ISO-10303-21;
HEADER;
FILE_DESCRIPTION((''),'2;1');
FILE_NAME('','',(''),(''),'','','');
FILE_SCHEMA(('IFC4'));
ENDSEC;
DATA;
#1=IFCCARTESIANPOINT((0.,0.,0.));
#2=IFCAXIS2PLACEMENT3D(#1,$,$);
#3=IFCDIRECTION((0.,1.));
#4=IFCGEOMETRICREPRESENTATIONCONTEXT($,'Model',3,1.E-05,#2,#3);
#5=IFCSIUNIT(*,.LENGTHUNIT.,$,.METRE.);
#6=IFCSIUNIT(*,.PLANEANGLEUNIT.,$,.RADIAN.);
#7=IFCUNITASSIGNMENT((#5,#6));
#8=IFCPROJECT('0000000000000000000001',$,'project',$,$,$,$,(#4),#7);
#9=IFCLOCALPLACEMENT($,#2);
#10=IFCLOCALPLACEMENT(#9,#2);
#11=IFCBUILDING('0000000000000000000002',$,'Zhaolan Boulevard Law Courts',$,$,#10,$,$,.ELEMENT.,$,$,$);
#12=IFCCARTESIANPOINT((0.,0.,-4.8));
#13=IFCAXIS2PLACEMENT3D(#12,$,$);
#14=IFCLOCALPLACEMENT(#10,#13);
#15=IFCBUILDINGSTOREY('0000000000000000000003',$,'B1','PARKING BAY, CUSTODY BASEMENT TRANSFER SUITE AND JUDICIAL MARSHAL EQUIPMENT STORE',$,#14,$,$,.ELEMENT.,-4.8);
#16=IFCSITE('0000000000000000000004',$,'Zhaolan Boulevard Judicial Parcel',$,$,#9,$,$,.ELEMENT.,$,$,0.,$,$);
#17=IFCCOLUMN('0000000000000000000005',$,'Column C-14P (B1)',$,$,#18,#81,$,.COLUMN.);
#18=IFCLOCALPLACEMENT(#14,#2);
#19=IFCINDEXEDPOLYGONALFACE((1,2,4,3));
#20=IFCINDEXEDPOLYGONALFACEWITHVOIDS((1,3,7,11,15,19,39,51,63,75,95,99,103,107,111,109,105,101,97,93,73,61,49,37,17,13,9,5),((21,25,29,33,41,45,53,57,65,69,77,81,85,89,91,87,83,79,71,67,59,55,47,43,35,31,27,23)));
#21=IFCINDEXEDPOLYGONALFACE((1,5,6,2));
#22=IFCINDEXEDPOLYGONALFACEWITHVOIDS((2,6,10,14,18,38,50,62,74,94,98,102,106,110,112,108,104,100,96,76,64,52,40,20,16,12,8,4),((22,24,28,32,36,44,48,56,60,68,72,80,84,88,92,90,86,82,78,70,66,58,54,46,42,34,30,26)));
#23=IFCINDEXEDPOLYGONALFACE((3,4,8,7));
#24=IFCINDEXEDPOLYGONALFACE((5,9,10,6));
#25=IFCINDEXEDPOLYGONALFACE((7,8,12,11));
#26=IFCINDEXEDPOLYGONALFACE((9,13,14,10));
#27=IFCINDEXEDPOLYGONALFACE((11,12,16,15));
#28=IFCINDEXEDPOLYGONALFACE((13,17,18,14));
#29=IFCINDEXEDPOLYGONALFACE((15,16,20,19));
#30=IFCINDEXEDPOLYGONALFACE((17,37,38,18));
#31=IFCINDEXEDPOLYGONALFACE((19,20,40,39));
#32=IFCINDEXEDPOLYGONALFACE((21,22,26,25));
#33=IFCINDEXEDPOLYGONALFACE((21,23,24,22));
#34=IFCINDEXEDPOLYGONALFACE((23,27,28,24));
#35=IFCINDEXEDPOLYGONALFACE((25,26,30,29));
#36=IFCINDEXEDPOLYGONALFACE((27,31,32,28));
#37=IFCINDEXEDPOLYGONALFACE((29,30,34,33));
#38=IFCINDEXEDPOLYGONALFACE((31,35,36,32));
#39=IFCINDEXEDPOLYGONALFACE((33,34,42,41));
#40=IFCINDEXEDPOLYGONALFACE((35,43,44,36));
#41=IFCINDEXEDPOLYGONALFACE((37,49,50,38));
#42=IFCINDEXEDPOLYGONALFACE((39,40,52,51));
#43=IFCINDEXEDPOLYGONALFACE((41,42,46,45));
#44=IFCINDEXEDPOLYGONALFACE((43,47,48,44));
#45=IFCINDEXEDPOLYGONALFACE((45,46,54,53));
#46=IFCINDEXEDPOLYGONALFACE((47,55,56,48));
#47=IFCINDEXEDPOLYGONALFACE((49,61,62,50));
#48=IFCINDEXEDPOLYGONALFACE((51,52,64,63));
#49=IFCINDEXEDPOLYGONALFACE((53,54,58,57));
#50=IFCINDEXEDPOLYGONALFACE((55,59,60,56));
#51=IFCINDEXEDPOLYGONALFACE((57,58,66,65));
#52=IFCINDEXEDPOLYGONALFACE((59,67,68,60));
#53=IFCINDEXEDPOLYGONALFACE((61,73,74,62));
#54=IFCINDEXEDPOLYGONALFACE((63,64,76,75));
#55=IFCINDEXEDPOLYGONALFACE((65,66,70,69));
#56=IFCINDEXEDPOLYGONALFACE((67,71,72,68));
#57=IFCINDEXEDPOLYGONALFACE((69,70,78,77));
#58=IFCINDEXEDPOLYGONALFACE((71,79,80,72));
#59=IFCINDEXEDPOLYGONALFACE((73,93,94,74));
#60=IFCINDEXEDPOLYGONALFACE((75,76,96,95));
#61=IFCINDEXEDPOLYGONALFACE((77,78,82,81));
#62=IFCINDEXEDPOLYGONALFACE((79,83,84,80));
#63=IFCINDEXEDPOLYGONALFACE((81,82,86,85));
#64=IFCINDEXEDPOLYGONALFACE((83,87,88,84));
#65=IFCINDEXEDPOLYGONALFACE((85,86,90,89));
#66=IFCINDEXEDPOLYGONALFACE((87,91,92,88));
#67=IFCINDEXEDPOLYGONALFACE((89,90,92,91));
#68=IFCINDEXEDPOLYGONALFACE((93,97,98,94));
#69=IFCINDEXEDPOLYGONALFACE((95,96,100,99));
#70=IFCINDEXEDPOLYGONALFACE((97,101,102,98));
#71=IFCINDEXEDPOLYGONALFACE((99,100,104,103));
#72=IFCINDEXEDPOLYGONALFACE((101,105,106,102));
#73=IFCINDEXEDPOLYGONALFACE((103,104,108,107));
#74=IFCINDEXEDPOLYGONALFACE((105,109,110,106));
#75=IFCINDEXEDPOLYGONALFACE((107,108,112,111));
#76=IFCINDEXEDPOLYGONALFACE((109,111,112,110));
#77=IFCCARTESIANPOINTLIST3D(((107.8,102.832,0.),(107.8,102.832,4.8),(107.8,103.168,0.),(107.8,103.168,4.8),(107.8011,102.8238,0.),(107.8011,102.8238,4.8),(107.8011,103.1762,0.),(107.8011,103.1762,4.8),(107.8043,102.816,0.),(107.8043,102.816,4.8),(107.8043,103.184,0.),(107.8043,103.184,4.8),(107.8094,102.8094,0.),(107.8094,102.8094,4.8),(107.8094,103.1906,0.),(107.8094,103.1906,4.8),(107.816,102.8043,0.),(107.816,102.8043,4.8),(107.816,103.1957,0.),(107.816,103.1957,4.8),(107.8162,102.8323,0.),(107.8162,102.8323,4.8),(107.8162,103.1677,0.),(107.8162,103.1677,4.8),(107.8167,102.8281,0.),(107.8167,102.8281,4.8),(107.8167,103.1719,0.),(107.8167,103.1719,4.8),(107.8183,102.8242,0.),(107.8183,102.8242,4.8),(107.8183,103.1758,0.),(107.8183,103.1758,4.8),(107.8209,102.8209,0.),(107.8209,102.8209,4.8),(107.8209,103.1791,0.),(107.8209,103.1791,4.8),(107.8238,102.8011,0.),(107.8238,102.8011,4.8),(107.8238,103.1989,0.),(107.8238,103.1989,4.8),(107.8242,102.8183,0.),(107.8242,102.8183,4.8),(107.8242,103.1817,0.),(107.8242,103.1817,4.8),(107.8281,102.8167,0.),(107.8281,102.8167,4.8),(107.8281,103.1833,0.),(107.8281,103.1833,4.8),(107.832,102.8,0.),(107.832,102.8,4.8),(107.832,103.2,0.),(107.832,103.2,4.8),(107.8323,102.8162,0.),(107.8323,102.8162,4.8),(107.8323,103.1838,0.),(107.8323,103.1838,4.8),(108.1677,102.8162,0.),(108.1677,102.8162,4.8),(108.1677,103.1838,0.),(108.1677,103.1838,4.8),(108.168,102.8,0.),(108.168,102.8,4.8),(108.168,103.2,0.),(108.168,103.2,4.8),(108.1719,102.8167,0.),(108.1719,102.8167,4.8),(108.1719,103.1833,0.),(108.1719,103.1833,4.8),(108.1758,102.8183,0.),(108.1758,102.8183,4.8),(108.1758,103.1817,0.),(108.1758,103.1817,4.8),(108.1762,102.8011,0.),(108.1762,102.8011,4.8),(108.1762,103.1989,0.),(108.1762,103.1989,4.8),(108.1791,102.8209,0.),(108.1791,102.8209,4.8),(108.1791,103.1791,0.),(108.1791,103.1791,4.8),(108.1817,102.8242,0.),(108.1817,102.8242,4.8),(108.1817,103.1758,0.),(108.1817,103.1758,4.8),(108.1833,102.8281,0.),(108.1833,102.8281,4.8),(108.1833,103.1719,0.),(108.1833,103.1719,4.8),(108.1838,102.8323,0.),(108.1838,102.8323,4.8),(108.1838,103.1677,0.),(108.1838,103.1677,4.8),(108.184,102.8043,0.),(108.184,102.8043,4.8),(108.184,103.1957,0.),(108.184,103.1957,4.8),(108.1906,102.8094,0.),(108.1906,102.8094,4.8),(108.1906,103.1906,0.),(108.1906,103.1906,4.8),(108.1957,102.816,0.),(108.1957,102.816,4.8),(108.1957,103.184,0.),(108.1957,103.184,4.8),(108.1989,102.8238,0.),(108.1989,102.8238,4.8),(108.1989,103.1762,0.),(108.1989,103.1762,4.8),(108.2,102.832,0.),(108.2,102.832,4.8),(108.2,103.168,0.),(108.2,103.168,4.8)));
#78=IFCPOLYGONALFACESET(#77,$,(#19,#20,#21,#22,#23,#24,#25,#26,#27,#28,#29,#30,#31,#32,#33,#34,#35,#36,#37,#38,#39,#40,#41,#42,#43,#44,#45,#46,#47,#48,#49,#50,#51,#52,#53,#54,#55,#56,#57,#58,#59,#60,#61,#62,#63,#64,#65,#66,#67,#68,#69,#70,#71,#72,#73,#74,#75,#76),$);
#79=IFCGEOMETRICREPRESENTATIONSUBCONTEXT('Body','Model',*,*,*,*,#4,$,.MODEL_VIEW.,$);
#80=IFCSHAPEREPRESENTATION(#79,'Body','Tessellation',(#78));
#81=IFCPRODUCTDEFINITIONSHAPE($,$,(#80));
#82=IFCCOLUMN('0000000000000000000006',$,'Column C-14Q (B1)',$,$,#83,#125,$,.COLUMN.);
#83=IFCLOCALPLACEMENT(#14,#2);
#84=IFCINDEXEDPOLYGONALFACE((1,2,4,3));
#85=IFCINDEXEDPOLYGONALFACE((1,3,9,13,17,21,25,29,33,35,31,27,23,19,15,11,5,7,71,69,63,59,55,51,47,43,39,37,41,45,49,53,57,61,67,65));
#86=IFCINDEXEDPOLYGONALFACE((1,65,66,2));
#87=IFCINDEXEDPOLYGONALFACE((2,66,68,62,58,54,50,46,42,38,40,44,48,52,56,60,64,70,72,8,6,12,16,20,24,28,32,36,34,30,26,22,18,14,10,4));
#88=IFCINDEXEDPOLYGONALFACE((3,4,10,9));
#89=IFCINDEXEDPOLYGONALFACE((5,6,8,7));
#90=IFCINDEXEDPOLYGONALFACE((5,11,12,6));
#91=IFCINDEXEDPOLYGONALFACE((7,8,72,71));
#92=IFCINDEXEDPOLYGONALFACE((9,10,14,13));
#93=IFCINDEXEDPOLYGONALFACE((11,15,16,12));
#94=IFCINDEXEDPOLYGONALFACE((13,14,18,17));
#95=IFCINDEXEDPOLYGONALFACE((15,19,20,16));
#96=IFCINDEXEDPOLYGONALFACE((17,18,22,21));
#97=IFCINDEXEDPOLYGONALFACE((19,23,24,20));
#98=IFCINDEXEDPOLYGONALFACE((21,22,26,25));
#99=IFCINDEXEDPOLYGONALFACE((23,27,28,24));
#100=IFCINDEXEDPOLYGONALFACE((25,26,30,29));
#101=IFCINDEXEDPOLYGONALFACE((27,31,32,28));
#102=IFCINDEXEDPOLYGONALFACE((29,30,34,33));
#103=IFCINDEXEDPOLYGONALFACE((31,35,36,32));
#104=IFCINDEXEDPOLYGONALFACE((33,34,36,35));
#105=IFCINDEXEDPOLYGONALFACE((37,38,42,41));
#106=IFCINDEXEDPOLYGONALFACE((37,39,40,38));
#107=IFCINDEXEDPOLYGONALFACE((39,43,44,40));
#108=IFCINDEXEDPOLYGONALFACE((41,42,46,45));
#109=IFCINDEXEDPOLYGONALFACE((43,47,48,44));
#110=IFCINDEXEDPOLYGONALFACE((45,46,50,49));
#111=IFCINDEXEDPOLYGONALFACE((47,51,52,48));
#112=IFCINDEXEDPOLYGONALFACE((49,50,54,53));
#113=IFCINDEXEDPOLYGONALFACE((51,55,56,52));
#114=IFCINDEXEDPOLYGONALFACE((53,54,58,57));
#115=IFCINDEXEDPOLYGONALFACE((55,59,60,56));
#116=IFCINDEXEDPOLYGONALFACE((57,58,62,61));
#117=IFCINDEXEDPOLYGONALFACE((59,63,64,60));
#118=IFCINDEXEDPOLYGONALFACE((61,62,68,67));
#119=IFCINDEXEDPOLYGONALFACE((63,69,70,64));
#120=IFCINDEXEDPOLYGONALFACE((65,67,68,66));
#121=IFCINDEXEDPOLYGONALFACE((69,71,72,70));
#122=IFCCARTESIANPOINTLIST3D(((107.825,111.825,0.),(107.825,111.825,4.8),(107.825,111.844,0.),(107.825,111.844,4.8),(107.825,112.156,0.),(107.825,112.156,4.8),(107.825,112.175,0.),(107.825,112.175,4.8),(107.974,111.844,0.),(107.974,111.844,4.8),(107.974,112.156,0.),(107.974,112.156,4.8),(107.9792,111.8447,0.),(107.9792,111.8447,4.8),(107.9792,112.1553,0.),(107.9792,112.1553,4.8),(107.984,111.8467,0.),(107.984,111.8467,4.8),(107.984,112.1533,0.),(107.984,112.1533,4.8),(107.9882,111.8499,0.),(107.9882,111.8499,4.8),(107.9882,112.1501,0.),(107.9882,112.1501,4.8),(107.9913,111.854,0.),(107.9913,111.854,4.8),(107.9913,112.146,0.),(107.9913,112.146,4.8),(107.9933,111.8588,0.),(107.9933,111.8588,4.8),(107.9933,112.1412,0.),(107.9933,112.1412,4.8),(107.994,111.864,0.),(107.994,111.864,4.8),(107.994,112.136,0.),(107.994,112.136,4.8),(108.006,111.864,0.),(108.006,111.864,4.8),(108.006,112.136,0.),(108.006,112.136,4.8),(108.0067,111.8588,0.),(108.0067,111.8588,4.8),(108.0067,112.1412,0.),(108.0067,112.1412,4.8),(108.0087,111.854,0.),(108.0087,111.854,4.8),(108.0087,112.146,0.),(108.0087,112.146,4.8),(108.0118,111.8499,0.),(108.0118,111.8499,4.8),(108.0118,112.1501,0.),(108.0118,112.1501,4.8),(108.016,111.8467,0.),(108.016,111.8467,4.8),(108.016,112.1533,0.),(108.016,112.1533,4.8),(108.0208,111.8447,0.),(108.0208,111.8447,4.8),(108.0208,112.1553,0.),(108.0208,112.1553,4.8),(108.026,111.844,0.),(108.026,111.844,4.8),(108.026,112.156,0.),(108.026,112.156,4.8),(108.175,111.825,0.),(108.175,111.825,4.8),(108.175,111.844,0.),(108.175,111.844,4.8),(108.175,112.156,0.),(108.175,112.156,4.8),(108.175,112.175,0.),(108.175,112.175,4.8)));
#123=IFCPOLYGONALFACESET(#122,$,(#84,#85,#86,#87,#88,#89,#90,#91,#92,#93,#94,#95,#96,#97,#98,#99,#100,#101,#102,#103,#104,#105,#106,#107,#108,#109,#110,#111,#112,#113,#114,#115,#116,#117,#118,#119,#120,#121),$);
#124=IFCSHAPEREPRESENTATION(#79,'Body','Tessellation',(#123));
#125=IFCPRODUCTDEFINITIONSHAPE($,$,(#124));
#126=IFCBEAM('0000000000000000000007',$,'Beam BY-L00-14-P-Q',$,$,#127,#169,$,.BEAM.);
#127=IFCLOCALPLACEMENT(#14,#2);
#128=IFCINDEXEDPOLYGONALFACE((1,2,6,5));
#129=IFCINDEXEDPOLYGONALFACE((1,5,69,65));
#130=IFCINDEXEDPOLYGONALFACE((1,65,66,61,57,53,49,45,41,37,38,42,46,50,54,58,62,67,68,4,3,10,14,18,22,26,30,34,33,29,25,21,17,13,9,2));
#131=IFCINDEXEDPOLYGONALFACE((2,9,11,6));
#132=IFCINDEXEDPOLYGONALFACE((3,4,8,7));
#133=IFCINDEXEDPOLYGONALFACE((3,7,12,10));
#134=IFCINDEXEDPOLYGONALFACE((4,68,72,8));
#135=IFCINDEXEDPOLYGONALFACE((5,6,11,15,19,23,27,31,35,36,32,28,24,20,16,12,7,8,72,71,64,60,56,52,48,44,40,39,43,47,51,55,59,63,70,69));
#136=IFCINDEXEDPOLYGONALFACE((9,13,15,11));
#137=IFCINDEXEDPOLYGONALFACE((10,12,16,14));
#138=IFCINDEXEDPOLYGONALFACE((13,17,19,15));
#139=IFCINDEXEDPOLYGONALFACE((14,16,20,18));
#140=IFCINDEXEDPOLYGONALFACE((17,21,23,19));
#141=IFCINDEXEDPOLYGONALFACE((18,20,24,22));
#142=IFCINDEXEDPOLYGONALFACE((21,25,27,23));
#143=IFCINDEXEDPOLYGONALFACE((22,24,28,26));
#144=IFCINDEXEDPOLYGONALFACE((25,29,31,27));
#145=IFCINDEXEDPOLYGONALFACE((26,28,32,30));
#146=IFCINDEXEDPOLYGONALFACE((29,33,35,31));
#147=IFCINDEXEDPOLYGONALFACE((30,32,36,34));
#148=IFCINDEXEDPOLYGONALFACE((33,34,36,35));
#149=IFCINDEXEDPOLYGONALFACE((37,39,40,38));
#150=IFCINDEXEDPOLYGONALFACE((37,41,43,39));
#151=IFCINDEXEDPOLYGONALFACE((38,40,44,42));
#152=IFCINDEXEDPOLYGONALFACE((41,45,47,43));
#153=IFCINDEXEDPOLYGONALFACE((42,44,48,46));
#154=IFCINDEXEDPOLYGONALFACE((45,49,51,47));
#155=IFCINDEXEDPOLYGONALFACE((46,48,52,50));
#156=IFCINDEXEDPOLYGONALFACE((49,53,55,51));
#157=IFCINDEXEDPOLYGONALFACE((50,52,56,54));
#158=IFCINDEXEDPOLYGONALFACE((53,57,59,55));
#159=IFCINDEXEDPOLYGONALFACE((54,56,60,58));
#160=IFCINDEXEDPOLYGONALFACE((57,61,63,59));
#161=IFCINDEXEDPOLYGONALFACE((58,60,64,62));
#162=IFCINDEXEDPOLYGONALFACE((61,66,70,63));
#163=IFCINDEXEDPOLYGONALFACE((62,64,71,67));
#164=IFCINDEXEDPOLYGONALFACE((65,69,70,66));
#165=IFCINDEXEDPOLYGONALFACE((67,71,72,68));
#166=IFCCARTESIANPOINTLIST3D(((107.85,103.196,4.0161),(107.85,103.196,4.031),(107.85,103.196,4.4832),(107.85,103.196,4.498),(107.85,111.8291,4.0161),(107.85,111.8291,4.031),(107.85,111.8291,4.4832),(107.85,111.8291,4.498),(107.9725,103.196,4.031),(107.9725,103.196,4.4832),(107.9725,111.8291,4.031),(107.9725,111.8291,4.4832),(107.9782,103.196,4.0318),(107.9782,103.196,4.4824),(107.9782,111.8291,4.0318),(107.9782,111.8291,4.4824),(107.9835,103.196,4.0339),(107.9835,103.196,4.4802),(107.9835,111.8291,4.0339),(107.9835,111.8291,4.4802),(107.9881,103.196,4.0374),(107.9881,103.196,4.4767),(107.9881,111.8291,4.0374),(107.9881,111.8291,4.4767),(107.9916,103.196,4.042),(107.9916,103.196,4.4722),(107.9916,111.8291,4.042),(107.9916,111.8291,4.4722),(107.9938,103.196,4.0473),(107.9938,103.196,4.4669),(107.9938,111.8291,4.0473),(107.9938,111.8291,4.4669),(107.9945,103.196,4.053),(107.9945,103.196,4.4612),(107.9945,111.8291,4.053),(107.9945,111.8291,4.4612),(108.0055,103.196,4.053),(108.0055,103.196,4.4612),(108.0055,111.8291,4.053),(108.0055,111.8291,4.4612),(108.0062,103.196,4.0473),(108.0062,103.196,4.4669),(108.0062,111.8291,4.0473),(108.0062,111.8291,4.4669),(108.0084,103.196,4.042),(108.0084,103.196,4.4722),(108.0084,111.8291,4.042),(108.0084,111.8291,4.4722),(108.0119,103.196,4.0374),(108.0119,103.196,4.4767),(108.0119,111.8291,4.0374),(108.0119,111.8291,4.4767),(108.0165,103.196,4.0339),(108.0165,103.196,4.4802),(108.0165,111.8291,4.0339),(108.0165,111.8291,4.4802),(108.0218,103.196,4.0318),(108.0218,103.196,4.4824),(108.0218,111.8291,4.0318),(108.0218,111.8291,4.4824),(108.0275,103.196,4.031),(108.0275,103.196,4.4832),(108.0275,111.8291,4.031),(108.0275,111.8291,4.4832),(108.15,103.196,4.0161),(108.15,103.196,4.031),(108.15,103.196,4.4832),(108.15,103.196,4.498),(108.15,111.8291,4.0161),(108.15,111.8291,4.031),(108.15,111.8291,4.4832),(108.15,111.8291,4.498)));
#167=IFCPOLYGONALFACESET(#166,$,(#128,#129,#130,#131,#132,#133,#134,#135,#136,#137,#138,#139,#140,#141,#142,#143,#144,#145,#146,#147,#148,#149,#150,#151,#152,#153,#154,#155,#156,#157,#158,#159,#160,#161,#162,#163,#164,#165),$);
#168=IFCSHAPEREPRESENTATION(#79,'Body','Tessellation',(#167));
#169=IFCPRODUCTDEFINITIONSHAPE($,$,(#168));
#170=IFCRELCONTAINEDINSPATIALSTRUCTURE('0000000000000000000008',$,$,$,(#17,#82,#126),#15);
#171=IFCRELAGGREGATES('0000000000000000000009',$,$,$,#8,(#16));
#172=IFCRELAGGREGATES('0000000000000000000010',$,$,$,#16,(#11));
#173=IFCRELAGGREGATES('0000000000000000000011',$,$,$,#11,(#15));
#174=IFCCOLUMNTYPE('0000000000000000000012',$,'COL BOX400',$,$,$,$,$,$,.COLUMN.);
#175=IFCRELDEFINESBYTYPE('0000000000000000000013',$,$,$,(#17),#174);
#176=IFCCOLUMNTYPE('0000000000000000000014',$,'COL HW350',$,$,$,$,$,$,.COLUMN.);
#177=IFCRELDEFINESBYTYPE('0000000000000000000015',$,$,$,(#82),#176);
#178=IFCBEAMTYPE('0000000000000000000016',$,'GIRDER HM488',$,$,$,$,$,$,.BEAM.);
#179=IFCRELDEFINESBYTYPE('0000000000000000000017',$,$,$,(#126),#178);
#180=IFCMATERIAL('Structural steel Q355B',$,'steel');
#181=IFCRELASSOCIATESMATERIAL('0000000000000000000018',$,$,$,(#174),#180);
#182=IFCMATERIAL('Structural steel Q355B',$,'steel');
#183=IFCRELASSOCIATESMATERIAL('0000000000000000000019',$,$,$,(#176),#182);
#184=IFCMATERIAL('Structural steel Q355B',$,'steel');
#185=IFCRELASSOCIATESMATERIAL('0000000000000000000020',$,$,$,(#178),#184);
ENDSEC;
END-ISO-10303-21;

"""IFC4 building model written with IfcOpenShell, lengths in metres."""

from ifc_helpers import new_model, si_unit, direction, frame, origin, origin_2d, place, context, subcontext, project, spatial, hollow_rectangle, i_section, extrude, material, material_profile, profile_set, type_object, element, save


model = new_model("IFC4")

# Units and contexts
model_context = context("Model", 3, precision=1e-05, world=origin(), true_north=direction((0.0, 1.0)))
body_context = subcontext(model_context, "Body", "Model", "MODEL_VIEW")
ifc_project = project(units=[si_unit("LENGTHUNIT", "METRE"), si_unit("PLANEANGLEUNIT", "RADIAN")], contexts=[model_context])

# Site, building, storey
site_placement = place(None, origin())
site = spatial("IfcSite", under=ifc_project, at=site_placement, Name="Zhaolan Boulevard Judicial Parcel", CompositionType="ELEMENT", RefElevation=0.0)
building_placement = place(site_placement, origin())
building = spatial("IfcBuilding", under=site, at=building_placement, Name="Zhaolan Boulevard Law Courts", CompositionType="ELEMENT")
storey_placement = place(building_placement, frame((0.0, 0.0, -4.8)))
storey = spatial("IfcBuildingStorey", under=building, at=storey_placement, Name="B1", Description="PARKING BAY, CUSTODY BASEMENT TRANSFER SUITE AND JUDICIAL MARSHAL EQUIPMENT STORE", CompositionType="ELEMENT", Elevation=-4.8)

# Columns
ifc_material_1 = material(Name="Structural steel Q355B", Category="steel")
ifc_material_profile_1 = material_profile(ifc_material_1, hollow_rectangle(XDim=0.3999, YDim=0.3999, WallThickness=0.0161, InnerFilletRadius=0.0161, OuterFilletRadius=0.032, at=origin_2d()), Name="BOX400x400x16")
ifc_profile_set_1 = profile_set([ifc_material_profile_1], Name="Structural steel Q355B")
column_type_1 = type_object("IfcColumnType", Name="COL BOX400", PredefinedType="COLUMN", material=ifc_profile_set_1)
column_1_placement = place(storey_placement, frame((108.0, 103.0, 0.0), z_axis=(0.0, 0.0, 1.0), x_axis=(1.0, 0.0, 0.0)))
element("IfcColumn", 1, at=column_1_placement, inside=storey, type_object=column_type_1, Name="Column C-14P (B1)", PredefinedType="COLUMN", context=body_context, shape_type="SweptSolid", body=[
    extrude(hollow_rectangle(XDim=0.3999, YDim=0.3999, WallThickness=0.0161, InnerFilletRadius=0.0161, OuterFilletRadius=0.032, at=origin_2d()), origin(), (0.0, 0.0, 1.0), 4.8),
])
ifc_material_2 = material(Name="Structural steel Q355B", Category="steel")
ifc_material_profile_2 = material_profile(ifc_material_2, i_section(OverallWidth=0.3501, OverallDepth=0.3501, WebThickness=0.012, FlangeThickness=0.019, FilletRadius=0.02, at=origin_2d()), Name="HW350x350")
ifc_profile_set_2 = profile_set([ifc_material_profile_2], Name="Structural steel Q355B")
column_type_2 = type_object("IfcColumnType", Name="COL HW350", PredefinedType="COLUMN", material=ifc_profile_set_2)
column_2_placement = place(storey_placement, frame((108.0, 112.0, 0.0), z_axis=(0.0, 0.0, 1.0), x_axis=(1.0, 0.0, 0.0)))
element("IfcColumn", 2, at=column_2_placement, inside=storey, type_object=column_type_2, Name="Column C-14Q (B1)", PredefinedType="COLUMN", context=body_context, shape_type="SweptSolid", body=[
    extrude(i_section(OverallWidth=0.3501, OverallDepth=0.3501, WebThickness=0.012, FlangeThickness=0.019, FilletRadius=0.02, at=origin_2d()), origin(), (0.0, 0.0, 1.0), 4.8),
])

# Beam
ifc_material_3 = material(Name="Structural steel Q355B", Category="steel")
ifc_material_profile_3 = material_profile(ifc_material_3, i_section(OverallWidth=0.3, OverallDepth=0.4819, WebThickness=0.011, FlangeThickness=0.0149, FilletRadius=0.022, at=origin_2d()), Name="HM482x300")
ifc_profile_set_3 = profile_set([ifc_material_profile_3], Name="Structural steel Q355B")
beam_type_1 = type_object("IfcBeamType", Name="GIRDER HM488", PredefinedType="BEAM", material=ifc_profile_set_3)
beam_1_placement = place(storey_placement, frame((108.0, 103.196, 4.2571), z_axis=(0.0, 1.0, 0.0), x_axis=(-1.0, 0.0, 0.0)))
element("IfcBeam", 3, at=beam_1_placement, inside=storey, type_object=beam_type_1, Name="Beam BY-L00-14-P-Q", PredefinedType="BEAM", context=body_context, shape_type="SweptSolid", body=[
    extrude(i_section(OverallWidth=0.3, OverallDepth=0.4819, WebThickness=0.011, FlangeThickness=0.0149, FilletRadius=0.022, at=origin_2d()), origin(), (0.0, 0.0, 1.0), 8.6331),
])

save(model, "model.ifc")
